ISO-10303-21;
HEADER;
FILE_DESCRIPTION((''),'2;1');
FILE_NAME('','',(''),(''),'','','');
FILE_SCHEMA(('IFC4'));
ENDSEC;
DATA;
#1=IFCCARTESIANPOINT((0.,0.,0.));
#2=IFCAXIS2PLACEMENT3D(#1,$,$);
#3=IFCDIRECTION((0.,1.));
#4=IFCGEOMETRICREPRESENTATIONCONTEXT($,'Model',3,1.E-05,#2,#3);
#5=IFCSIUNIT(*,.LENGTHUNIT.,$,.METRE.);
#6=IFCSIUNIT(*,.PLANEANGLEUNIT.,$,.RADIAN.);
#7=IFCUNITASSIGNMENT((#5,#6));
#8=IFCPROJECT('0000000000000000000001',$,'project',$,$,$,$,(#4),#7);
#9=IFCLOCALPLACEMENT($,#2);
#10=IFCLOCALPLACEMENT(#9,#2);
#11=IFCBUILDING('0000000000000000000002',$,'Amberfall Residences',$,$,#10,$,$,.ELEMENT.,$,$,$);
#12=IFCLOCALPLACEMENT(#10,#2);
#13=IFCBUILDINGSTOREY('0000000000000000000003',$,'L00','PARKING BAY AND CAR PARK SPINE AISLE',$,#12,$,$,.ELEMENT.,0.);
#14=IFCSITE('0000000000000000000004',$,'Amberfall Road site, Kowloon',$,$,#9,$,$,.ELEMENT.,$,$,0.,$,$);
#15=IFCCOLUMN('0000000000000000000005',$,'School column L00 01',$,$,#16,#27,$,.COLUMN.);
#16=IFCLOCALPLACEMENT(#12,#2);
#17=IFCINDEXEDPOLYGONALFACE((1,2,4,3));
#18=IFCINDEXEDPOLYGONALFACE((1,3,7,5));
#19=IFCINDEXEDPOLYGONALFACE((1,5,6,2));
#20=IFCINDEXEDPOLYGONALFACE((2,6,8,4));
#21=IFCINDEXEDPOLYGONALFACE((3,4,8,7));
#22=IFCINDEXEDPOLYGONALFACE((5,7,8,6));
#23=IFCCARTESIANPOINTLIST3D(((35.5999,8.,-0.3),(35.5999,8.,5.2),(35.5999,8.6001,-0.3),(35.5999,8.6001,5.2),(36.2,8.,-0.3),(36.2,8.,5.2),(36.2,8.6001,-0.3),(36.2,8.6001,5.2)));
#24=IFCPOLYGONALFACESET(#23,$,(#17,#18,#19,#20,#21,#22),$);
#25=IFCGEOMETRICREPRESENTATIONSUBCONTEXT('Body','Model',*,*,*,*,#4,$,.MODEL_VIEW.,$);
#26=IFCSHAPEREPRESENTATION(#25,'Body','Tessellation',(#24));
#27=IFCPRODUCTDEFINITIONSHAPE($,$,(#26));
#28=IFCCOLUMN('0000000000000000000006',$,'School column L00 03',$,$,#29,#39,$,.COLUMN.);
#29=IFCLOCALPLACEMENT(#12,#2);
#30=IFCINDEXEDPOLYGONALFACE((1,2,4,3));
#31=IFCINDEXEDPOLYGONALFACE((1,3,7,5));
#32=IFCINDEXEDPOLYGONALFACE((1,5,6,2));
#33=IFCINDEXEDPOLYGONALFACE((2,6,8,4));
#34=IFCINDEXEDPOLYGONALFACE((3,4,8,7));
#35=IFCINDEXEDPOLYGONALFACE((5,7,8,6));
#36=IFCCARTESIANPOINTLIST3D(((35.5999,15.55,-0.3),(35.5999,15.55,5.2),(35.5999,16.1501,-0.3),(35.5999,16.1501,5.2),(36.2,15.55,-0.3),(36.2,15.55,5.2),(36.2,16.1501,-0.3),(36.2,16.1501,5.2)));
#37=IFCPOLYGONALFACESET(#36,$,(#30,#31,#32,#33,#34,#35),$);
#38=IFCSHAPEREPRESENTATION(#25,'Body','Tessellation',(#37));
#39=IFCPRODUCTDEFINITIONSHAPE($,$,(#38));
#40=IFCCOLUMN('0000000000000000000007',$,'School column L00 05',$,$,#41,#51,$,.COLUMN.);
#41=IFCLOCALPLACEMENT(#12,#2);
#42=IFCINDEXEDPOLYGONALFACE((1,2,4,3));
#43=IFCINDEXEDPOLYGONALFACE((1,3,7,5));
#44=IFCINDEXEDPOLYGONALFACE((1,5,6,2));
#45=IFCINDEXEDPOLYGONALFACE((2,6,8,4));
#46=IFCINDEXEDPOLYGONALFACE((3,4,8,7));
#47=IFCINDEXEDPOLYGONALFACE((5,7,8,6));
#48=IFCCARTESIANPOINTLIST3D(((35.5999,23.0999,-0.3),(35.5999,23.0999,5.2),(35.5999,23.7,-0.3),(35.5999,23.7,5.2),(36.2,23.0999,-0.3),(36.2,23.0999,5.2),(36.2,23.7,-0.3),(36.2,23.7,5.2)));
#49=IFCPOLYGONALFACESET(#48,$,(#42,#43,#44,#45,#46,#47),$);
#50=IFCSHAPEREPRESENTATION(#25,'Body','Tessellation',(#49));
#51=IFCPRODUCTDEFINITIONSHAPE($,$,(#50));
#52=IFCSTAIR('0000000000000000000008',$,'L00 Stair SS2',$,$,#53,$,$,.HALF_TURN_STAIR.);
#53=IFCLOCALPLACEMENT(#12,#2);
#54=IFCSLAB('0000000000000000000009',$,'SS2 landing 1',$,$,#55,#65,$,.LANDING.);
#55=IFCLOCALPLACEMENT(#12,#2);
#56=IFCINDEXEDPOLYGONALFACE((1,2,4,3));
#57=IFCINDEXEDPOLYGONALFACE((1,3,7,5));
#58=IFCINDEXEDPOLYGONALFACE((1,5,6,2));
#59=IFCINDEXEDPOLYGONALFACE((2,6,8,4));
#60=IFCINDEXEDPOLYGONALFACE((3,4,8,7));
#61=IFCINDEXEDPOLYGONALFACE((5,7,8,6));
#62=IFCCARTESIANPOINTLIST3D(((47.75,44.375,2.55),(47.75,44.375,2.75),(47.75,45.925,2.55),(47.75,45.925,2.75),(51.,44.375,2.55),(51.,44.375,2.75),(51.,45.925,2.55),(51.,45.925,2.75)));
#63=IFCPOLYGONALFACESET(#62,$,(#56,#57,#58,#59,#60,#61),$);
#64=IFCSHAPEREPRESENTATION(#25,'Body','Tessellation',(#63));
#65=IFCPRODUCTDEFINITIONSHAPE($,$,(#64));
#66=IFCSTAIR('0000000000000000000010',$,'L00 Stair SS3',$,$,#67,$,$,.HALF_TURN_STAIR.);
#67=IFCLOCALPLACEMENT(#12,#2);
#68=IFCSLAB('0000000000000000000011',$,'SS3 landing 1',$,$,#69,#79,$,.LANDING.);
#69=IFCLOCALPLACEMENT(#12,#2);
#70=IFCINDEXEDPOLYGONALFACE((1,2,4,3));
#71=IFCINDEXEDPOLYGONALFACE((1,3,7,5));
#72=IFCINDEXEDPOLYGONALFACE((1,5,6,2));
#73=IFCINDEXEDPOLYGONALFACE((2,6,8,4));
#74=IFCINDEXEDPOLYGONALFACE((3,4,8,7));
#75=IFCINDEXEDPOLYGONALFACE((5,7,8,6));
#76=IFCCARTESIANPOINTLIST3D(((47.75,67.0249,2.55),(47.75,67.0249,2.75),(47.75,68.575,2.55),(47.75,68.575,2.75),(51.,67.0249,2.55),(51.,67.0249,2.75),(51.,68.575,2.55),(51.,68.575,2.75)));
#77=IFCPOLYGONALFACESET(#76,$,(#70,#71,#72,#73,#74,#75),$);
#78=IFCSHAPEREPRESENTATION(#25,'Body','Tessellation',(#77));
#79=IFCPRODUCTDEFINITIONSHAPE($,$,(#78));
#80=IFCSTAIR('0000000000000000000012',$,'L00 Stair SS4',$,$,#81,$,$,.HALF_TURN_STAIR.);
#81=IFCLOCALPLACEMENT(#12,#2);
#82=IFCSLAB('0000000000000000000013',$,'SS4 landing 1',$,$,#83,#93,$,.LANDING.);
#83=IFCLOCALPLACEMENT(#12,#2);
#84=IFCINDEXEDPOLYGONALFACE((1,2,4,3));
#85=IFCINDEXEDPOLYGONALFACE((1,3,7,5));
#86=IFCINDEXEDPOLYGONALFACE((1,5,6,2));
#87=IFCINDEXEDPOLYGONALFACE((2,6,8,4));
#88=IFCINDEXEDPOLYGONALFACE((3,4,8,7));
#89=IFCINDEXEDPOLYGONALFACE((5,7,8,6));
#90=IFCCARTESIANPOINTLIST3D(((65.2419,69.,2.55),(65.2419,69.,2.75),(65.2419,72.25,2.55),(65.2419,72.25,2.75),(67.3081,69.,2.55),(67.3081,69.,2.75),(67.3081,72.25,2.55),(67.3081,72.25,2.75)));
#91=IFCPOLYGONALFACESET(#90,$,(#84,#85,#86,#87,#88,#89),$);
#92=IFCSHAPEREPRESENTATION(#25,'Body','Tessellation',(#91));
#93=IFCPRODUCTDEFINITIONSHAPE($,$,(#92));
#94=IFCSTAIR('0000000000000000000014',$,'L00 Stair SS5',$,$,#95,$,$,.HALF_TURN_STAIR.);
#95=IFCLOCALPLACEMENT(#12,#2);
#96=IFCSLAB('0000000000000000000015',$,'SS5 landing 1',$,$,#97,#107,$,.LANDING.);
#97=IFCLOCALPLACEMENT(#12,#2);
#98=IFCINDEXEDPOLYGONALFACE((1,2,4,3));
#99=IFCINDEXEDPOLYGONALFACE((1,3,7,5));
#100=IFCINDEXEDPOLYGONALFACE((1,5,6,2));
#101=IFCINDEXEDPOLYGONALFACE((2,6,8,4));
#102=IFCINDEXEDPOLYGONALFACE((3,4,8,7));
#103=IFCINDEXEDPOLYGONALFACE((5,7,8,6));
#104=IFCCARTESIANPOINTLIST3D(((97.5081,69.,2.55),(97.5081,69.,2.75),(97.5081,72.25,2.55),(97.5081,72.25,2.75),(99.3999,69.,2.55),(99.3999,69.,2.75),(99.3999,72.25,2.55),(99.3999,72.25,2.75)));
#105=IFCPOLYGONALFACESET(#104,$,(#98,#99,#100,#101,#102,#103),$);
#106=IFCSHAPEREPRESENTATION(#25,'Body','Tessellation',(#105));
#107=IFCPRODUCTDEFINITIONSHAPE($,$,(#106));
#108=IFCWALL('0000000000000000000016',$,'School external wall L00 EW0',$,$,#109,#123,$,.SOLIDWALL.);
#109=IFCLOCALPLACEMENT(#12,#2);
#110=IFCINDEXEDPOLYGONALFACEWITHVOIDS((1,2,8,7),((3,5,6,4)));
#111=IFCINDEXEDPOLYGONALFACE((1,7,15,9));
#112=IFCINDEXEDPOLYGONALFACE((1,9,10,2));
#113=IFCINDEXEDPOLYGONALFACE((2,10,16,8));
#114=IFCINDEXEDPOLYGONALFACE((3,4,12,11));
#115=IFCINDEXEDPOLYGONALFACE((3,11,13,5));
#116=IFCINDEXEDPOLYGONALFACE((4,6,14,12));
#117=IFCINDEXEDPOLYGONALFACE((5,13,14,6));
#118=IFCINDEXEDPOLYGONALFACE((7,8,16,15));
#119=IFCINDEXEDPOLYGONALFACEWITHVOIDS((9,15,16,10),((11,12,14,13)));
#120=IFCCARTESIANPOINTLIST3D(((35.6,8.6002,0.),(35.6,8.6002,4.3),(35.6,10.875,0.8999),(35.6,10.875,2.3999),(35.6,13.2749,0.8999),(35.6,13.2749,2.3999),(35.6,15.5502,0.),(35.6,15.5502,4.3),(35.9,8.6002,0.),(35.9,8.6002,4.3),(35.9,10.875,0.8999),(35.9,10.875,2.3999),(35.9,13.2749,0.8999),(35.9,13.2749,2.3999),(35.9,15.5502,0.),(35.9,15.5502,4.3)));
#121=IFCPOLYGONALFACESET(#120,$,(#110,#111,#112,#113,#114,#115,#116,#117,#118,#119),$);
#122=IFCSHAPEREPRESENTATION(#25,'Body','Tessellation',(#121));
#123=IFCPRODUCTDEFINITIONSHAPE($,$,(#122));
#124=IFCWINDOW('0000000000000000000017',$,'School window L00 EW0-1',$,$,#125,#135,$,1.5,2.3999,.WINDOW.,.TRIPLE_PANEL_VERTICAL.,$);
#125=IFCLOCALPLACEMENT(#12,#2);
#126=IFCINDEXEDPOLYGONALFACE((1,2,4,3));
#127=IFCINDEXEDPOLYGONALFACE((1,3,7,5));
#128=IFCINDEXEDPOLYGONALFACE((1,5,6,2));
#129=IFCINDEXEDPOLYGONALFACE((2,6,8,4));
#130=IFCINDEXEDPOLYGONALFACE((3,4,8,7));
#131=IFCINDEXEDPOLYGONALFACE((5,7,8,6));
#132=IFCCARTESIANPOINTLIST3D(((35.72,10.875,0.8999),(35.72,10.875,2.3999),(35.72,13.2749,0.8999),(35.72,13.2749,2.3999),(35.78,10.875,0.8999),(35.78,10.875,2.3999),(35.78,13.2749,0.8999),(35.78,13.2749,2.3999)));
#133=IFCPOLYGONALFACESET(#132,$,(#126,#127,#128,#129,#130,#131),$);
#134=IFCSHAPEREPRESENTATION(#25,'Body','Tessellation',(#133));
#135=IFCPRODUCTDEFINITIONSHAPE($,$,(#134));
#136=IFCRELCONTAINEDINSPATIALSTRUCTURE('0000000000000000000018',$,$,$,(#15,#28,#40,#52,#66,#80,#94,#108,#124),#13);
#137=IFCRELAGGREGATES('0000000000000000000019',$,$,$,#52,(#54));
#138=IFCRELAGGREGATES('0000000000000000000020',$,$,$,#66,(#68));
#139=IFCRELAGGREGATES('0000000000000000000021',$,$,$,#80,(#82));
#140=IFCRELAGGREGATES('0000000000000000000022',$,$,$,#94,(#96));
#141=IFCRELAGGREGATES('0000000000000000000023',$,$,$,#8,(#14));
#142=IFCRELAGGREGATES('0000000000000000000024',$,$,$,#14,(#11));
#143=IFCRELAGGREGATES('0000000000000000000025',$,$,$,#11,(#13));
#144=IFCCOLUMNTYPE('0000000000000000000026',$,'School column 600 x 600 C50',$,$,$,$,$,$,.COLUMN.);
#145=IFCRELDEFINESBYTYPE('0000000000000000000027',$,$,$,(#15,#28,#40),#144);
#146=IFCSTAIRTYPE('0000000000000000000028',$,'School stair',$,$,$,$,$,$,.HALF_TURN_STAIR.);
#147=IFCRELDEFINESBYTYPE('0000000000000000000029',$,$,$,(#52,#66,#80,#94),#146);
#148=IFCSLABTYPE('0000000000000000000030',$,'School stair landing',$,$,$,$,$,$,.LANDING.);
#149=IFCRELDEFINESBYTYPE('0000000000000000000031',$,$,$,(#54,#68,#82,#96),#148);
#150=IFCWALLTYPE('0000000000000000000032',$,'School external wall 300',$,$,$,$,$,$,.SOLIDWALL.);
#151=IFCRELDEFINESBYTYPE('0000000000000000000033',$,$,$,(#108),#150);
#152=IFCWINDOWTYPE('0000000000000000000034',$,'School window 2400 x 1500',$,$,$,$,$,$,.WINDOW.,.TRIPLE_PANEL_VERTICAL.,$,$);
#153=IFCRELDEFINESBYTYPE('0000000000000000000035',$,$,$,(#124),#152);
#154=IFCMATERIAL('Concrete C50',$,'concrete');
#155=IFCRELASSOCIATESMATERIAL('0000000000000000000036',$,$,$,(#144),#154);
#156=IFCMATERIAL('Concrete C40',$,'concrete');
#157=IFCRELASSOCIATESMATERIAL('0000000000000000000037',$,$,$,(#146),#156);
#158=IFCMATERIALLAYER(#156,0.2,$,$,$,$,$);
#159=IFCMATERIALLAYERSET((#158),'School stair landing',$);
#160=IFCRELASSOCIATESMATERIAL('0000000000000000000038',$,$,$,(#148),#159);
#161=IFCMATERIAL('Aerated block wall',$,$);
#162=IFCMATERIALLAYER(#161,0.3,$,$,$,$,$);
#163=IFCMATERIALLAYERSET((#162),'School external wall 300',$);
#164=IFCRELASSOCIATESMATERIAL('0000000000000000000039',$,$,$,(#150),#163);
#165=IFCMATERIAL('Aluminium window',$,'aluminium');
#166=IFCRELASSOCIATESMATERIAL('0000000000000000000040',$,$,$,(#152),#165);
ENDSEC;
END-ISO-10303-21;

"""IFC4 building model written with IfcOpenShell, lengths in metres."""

from ifc_helpers import new_model, si_unit, direction, frame, frame_2d, origin, origin_2d, place, context, subcontext, project, spatial, polyline, rectangle, outline, extrude, material, layer, layer_set, material_profile, profile_set, type_object, element, fill, aggregate, save


model = new_model("IFC4")

# Units and contexts
model_context = context("Model", 3, precision=1e-05, world=origin(), true_north=direction((0.0, 1.0)))
body_context = subcontext(model_context, "Body", "Model", "MODEL_VIEW")
ifc_project = project(units=[si_unit("LENGTHUNIT", "METRE"), si_unit("PLANEANGLEUNIT", "RADIAN")], contexts=[model_context])

# Site, building, storey
site_placement = place(None, origin())
site = spatial("IfcSite", under=ifc_project, at=site_placement, Name="Amberfall Road site, Kowloon", CompositionType="ELEMENT", RefElevation=0.0)
building_placement = place(site_placement, origin())
building = spatial("IfcBuilding", under=site, at=building_placement, Name="Amberfall Residences", CompositionType="ELEMENT")
storey_placement = place(building_placement, origin())
storey = spatial("IfcBuildingStorey", under=building, at=storey_placement, Name="L00", Description="PARKING BAY AND CAR PARK SPINE AISLE", CompositionType="ELEMENT", Elevation=0.0)

# Columns
ifc_material_1 = material(Name="Concrete C50", Category="concrete")
ifc_material_profile = material_profile(ifc_material_1, rectangle(XDim=0.6001, YDim=0.6001, at=origin_2d()), Name="School column 600 x 600 C50")
ifc_profile_set = profile_set([ifc_material_profile], Name="Concrete C50")
column_type = type_object("IfcColumnType", Name="School column 600 x 600 C50", PredefinedType="COLUMN", material=ifc_profile_set)
for number, where, z_axis, x_axis, name in (
    (1, (35.8999, 8.3, -0.3), (0.0, 0.0, 1.0), (1.0, 0.0, 0.0), "School column L00 01"),
    (2, (35.8999, 15.8501, -0.3), (0.0, 0.0, 1.0), (1.0, 0.0, 0.0), "School column L00 03"),
    (3, (35.8999, 23.3999, -0.3), (0.0, 0.0, 1.0), (1.0, 0.0, 0.0), "School column L00 05"),
):
    element("IfcColumn", number, at=place(storey_placement, frame(where, z_axis=z_axis, x_axis=x_axis)), inside=storey, type_object=column_type, Name=name, PredefinedType="COLUMN", context=body_context, shape_type="SweptSolid", body=[
        extrude(rectangle(XDim=0.6001, YDim=0.6001, at=origin_2d()), origin(), (0.0, 0.0, 1.0), 5.5),
    ])

# Stairs, slabs
ifc_material_2 = material(Name="Concrete C40", Category="concrete")
stair_type = type_object("IfcStairType", Name="School stair", PredefinedType="HALF_TURN_STAIR", material=ifc_material_2)
stair_1_placement = place(storey_placement, origin())
stair_1 = element("IfcStair", 4, at=stair_1_placement, inside=storey, type_object=stair_type, Name="L00 Stair SS2", PredefinedType="HALF_TURN_STAIR")
ifc_layer_1 = layer(ifc_material_2, 0.2)
ifc_layer_set_1 = layer_set([ifc_layer_1], Name="School stair landing")
slab_type = type_object("IfcSlabType", Name="School stair landing", PredefinedType="LANDING", material=ifc_layer_set_1)
slab_1_placement = place(storey_placement, frame((0.0, 0.0, 2.55)))
slab_1 = element("IfcSlab", 5, at=slab_1_placement, type_object=slab_type, Name="SS2 landing 1", PredefinedType="LANDING", context=body_context, shape_type="SweptSolid", body=[
    extrude(outline(polyline([(51.0, 44.375), (51.0, 45.925), (47.75, 45.925), (47.75, 44.375), (51.0, 44.375)])), origin(), (0.0, 0.0, 1.0), 0.2),
])
aggregate(stair_1, [slab_1])
stair_2_placement = place(storey_placement, origin())
stair_2 = element("IfcStair", 6, at=stair_2_placement, inside=storey, type_object=stair_type, Name="L00 Stair SS3", PredefinedType="HALF_TURN_STAIR")
slab_2_placement = place(storey_placement, frame((0.0, 0.0, 2.55)))
slab_2 = element("IfcSlab", 7, at=slab_2_placement, type_object=slab_type, Name="SS3 landing 1", PredefinedType="LANDING", context=body_context, shape_type="SweptSolid", body=[
    extrude(outline(polyline([(51.0, 67.0249), (51.0, 68.575), (47.75, 68.575), (47.75, 67.0249), (51.0, 67.0249)])), origin(), (0.0, 0.0, 1.0), 0.2),
])
aggregate(stair_2, [slab_2])
stair_3_placement = place(storey_placement, origin())
stair_3 = element("IfcStair", 8, at=stair_3_placement, inside=storey, type_object=stair_type, Name="L00 Stair SS4", PredefinedType="HALF_TURN_STAIR")
slab_3_placement = place(storey_placement, frame((0.0, 0.0, 2.55)))
slab_3 = element("IfcSlab", 9, at=slab_3_placement, type_object=slab_type, Name="SS4 landing 1", PredefinedType="LANDING", context=body_context, shape_type="SweptSolid", body=[
    extrude(outline(polyline([(65.2419, 69.0), (67.3081, 69.0), (67.3081, 72.25), (65.2419, 72.25), (65.2419, 69.0)])), origin(), (0.0, 0.0, 1.0), 0.2),
])
aggregate(stair_3, [slab_3])
stair_4_placement = place(storey_placement, origin())
stair_4 = element("IfcStair", 10, at=stair_4_placement, inside=storey, type_object=stair_type, Name="L00 Stair SS5", PredefinedType="HALF_TURN_STAIR")
slab_4_placement = place(storey_placement, frame((0.0, 0.0, 2.55)))
slab_4 = element("IfcSlab", 11, at=slab_4_placement, type_object=slab_type, Name="SS5 landing 1", PredefinedType="LANDING", context=body_context, shape_type="SweptSolid", body=[
    extrude(outline(polyline([(97.5081, 69.0), (99.3999, 69.0), (99.3999, 72.25), (97.5081, 72.25), (97.5081, 69.0)])), origin(), (0.0, 0.0, 1.0), 0.2),
])
aggregate(stair_4, [slab_4])

# Wall, opening, window
ifc_material_3 = material(Name="Aerated block wall")
ifc_layer_2 = layer(ifc_material_3, 0.3)
ifc_layer_set_2 = layer_set([ifc_layer_2], Name="School external wall 300")
wall_type_1 = type_object("IfcWallType", Name="School external wall 300", PredefinedType="SOLIDWALL", material=ifc_layer_set_2)
wall_1_placement = place(storey_placement, frame((35.75, 8.6001, 0.0), z_axis=(0.0, 0.0, 1.0), x_axis=(0.0, 1.0, 0.0)))
wall_1 = element("IfcWall", 12, at=wall_1_placement, inside=storey, type_object=wall_type_1, Name="School external wall L00 EW0", PredefinedType="SOLIDWALL", context=body_context, shape_type="SweptSolid", body=[
    extrude(rectangle(XDim=6.95, YDim=0.3, at=frame_2d((3.4751, 0.0))), origin(), (0.0, 0.0, 1.0), 4.3),
])
opening_1_placement = place(wall_1_placement, frame((2.2749, 0.0, 0.8999)))
opening_1 = element("IfcOpeningElement", 13, at=opening_1_placement, cuts=wall_1, PredefinedType="OPENING", context=body_context, shape_type="SweptSolid", body=[
    extrude(rectangle(XDim=2.3999, YDim=1.5, at=frame_2d((1.2, 0.75))), frame((0.0, 0.1599, 0.0), z_axis=(0.0, -1.0, 0.0), x_axis=(1.0, 0.0, 0.0)), (0.0, 0.0, 1.0), 0.3201),
])
ifc_material_4 = material(Name="Aluminium window", Category="aluminium")
window_type_1 = type_object("IfcWindowType", Name="School window 2400 x 1500", PartitioningType="TRIPLE_PANEL_VERTICAL", PredefinedType="WINDOW", material=ifc_material_4)
window_1_placement = place(opening_1_placement, origin())
window_1 = element("IfcWindow", 14, at=window_1_placement, inside=storey, type_object=window_type_1, Name="School window L00 EW0-1", OverallHeight=1.5, OverallWidth=2.3999, PartitioningType="TRIPLE_PANEL_VERTICAL", PredefinedType="WINDOW", context=body_context, shape_type="SweptSolid", body=[
    extrude(rectangle(XDim=2.3999, YDim=1.5, at=frame_2d((1.2, 0.75))), frame((0.0, 0.03, 0.0), z_axis=(0.0, -1.0, 0.0), x_axis=(1.0, 0.0, 0.0)), (0.0, 0.0, 1.0), 0.0601),
])
fill(opening_1, window_1)

save(model, "model.ifc")
